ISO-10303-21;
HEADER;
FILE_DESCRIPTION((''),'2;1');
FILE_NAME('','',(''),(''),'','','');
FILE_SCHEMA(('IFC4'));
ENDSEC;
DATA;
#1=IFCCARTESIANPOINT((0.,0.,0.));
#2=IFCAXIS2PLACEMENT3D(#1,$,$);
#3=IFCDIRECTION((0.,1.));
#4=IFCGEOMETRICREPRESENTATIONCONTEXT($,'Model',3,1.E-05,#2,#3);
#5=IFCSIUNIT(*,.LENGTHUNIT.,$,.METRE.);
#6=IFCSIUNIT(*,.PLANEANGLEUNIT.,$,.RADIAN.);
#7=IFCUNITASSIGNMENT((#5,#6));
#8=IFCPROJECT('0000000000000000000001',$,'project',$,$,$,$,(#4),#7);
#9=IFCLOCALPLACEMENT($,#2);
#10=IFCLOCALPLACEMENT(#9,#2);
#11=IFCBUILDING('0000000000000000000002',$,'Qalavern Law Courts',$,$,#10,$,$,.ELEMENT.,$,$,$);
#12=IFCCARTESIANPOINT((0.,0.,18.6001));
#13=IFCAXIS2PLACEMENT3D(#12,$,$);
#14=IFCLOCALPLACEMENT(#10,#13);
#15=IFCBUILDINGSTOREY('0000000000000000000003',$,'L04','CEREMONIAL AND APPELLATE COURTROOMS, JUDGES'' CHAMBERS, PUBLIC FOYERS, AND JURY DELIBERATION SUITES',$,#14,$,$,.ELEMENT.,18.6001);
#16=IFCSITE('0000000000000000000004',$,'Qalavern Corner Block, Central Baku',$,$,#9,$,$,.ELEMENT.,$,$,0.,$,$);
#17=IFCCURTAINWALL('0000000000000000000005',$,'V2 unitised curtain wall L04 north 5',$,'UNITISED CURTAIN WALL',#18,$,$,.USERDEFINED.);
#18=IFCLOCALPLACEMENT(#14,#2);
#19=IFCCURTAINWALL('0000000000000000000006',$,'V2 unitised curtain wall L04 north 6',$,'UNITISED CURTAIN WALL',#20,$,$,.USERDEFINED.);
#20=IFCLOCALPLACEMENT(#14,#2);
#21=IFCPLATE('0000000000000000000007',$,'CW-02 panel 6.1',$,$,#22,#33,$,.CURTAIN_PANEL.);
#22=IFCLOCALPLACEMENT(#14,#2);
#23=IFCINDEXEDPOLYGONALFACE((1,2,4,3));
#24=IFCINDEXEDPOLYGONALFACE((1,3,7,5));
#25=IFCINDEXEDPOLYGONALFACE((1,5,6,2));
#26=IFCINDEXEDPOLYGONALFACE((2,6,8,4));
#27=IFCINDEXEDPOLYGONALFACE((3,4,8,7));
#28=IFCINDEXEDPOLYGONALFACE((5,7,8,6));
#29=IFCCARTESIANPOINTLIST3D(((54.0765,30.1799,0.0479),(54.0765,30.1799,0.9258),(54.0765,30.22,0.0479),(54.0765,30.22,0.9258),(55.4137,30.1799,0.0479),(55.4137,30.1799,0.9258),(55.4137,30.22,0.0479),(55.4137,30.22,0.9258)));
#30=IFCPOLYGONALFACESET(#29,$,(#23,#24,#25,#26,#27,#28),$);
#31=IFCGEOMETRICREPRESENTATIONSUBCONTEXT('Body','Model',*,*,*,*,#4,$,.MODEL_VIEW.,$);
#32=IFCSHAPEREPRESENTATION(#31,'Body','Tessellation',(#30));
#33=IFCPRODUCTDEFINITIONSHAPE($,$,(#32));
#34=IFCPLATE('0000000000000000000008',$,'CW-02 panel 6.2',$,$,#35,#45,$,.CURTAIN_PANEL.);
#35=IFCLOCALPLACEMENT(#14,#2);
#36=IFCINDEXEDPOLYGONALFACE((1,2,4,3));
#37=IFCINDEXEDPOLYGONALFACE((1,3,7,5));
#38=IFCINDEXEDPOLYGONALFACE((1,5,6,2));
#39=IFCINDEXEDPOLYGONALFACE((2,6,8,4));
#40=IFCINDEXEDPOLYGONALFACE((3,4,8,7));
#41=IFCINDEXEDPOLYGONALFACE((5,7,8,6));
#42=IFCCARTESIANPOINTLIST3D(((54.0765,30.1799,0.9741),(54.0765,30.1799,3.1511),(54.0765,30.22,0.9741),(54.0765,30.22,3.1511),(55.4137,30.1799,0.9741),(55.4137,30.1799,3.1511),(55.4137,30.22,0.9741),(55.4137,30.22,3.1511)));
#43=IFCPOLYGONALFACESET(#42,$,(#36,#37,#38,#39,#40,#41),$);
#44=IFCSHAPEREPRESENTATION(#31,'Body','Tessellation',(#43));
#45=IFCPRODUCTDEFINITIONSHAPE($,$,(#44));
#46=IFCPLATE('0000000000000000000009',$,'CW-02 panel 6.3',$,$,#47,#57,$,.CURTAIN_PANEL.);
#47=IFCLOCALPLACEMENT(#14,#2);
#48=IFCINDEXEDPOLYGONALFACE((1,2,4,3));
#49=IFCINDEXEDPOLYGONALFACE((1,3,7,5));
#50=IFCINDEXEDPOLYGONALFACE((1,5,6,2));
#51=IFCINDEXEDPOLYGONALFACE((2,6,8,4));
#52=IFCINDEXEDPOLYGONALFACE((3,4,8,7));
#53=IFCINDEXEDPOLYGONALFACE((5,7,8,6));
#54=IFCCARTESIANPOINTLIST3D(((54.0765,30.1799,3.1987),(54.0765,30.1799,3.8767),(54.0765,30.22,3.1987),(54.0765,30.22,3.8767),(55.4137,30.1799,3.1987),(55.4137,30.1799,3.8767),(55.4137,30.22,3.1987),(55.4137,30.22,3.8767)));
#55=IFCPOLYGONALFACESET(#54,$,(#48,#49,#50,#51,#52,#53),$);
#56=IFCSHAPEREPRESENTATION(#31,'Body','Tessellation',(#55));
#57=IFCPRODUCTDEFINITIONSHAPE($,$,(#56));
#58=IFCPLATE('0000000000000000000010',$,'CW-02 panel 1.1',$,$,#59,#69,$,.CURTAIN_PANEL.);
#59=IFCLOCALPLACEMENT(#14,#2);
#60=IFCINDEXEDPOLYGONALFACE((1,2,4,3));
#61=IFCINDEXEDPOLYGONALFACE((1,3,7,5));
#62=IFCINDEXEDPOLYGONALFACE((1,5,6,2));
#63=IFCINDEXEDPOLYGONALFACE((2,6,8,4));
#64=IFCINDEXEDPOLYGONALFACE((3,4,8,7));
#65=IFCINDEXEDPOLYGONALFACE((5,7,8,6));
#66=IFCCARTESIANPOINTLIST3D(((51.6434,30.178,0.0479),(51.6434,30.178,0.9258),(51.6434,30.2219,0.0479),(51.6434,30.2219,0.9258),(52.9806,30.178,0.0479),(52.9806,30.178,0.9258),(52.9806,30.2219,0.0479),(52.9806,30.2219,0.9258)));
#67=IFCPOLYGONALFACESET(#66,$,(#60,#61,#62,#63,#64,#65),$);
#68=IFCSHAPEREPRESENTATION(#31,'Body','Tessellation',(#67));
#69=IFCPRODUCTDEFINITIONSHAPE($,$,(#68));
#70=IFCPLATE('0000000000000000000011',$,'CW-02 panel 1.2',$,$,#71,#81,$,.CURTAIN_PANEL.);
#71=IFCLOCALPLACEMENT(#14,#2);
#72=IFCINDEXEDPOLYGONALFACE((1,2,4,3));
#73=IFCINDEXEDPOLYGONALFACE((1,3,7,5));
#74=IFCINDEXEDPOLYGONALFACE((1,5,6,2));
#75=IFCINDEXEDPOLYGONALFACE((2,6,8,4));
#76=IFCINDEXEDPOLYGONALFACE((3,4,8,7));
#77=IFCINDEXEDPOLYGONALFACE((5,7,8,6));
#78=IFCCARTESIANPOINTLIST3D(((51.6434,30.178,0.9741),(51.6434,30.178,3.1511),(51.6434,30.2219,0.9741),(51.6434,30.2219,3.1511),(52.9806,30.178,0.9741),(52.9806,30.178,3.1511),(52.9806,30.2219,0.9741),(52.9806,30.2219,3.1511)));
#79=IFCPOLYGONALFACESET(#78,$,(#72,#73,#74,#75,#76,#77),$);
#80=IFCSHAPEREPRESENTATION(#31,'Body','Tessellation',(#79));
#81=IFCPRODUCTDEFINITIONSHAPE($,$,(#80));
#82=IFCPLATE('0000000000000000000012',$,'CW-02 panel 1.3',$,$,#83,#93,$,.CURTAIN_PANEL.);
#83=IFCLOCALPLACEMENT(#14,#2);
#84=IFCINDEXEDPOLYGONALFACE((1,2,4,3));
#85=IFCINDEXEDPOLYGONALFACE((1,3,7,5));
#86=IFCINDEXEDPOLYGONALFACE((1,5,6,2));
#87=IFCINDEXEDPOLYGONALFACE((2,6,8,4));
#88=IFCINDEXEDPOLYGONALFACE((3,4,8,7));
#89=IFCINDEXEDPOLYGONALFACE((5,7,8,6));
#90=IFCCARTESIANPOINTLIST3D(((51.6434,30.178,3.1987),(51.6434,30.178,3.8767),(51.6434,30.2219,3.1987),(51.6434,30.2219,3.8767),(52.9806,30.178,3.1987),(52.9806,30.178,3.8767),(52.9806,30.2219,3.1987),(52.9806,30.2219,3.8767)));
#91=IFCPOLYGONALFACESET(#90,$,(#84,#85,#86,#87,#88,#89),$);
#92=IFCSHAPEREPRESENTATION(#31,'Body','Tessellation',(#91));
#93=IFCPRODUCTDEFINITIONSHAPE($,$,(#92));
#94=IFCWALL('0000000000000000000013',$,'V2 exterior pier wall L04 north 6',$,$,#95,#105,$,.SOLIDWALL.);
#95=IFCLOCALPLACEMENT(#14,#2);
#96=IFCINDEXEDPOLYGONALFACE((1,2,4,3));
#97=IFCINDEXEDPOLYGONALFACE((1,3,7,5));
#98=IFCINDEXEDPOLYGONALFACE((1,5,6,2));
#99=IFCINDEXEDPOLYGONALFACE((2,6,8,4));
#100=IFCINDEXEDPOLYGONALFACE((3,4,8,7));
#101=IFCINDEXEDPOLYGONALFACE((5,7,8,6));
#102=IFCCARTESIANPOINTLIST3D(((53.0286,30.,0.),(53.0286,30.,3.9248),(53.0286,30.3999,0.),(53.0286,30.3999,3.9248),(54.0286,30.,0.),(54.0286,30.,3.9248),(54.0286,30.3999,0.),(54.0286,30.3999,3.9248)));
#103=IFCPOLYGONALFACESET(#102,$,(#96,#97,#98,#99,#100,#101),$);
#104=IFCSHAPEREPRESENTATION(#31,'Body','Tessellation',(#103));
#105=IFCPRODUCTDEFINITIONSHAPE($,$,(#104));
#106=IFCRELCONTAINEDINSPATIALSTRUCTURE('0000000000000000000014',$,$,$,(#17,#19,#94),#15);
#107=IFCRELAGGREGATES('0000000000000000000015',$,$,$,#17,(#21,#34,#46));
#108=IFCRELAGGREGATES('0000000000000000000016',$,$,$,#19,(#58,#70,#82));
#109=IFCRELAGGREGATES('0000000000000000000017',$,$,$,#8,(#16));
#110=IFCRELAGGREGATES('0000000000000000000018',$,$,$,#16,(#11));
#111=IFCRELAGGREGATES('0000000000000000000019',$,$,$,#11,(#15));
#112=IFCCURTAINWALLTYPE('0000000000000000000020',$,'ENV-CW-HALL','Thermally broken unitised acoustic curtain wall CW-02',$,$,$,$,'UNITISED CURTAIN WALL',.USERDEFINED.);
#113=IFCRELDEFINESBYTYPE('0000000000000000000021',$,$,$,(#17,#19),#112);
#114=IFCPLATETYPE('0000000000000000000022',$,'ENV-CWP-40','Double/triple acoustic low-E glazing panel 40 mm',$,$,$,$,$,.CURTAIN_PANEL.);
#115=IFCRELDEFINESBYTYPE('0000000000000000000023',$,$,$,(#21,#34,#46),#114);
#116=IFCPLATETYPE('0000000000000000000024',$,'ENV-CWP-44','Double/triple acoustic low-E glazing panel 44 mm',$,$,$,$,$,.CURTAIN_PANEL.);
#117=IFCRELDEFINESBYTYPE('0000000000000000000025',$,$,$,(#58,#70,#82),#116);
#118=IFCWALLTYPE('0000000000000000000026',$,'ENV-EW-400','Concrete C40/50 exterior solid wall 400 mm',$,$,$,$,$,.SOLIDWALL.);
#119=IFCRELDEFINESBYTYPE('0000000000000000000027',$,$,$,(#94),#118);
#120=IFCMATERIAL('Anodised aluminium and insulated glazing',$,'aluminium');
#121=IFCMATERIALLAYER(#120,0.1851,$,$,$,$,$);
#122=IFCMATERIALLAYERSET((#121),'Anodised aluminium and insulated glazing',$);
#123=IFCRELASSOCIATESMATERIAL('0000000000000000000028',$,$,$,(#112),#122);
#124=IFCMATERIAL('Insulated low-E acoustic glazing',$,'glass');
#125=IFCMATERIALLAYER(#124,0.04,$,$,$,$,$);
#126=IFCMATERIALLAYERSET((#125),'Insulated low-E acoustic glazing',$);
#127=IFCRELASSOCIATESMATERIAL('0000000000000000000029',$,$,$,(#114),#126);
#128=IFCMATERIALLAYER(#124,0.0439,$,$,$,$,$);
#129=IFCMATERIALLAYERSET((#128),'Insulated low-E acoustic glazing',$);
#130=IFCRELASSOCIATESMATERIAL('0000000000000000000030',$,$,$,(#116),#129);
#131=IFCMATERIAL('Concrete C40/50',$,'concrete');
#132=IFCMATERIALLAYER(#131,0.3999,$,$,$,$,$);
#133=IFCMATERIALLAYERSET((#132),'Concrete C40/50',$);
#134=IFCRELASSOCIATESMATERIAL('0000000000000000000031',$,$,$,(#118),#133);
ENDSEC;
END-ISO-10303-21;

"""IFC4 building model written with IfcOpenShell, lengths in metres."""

from ifc_helpers import new_model, si_unit, direction, frame, frame_2d, origin, origin_2d, place, context, subcontext, project, spatial, rectangle, extrude, material, layer, layer_set, type_object, element, aggregate, save


model = new_model("IFC4")

# Units and contexts
model_context = context("Model", 3, precision=1e-05, world=origin(), true_north=direction((0.0, 1.0)))
body_context = subcontext(model_context, "Body", "Model", "MODEL_VIEW")
ifc_project = project(units=[si_unit("LENGTHUNIT", "METRE"), si_unit("PLANEANGLEUNIT", "RADIAN")], contexts=[model_context])

# Site, building, storey
site_placement = place(None, origin())
site = spatial("IfcSite", under=ifc_project, at=site_placement, Name="Qalavern Corner Block, Central Baku", CompositionType="ELEMENT", RefElevation=0.0)
building_placement = place(site_placement, origin())
building = spatial("IfcBuilding", under=site, at=building_placement, Name="Qalavern Law Courts", CompositionType="ELEMENT")
storey_placement = place(building_placement, frame((0.0, 0.0, 18.6001)))
storey = spatial("IfcBuildingStorey", under=building, at=storey_placement, Name="L04", Description="CEREMONIAL AND APPELLATE COURTROOMS, JUDGES' CHAMBERS, PUBLIC FOYERS, AND JURY DELIBERATION SUITES", CompositionType="ELEMENT", Elevation=18.6001)

# Curtain walls
ifc_material_1 = material(Name="Anodised aluminium and insulated glazing", Category="aluminium")
ifc_layer_1 = layer(ifc_material_1, 0.1851)
ifc_layer_set_1 = layer_set([ifc_layer_1], Name="Anodised aluminium and insulated glazing")
curtain_wall_type = type_object("IfcCurtainWallType", Name="ENV-CW-HALL", Description="Thermally broken unitised acoustic curtain wall CW-02", ElementType="UNITISED CURTAIN WALL", PredefinedType="USERDEFINED", material=ifc_layer_set_1)
curtain_wall_1_placement = place(storey_placement, origin())
curtain_wall_1 = element("IfcCurtainWall", 1, at=curtain_wall_1_placement, inside=storey, type_object=curtain_wall_type, Name="V2 unitised curtain wall L04 north 5", ObjectType="UNITISED CURTAIN WALL", PredefinedType="USERDEFINED")
curtain_wall_2_placement = place(storey_placement, origin())
curtain_wall_2 = element("IfcCurtainWall", 2, at=curtain_wall_2_placement, inside=storey, type_object=curtain_wall_type, Name="V2 unitised curtain wall L04 north 6", ObjectType="UNITISED CURTAIN WALL", PredefinedType="USERDEFINED")

# Shared definitions
ifc_material_2 = material(Name="Concrete C40/50", Category="concrete")

# Plates
ifc_material_3 = material(Name="Insulated low-E acoustic glazing", Category="glass")
ifc_layer_2 = layer(ifc_material_3, 0.04)
ifc_layer_set_2 = layer_set([ifc_layer_2], Name="Insulated low-E acoustic glazing")
plate_type_1 = type_object("IfcPlateType", Name="ENV-CWP-40", Description="Double/triple acoustic low-E glazing panel 40 mm", PredefinedType="CURTAIN_PANEL", material=ifc_layer_set_2)
plate_1_placement = place(storey_placement, frame((54.7451, 30.2, 0.0479), z_axis=(0.0, 0.0, 1.0), x_axis=(-1.0, 0.0, 0.0)))
plate_1 = element("IfcPlate", 3, at=plate_1_placement, type_object=plate_type_1, Name="CW-02 panel 6.1", PredefinedType="CURTAIN_PANEL", context=body_context, shape_type="SweptSolid", body=[
    extrude(rectangle(XDim=1.3372, YDim=0.04, at=origin_2d()), origin(), (0.0, 0.0, 1.0), 0.8779),
])
plate_2_placement = place(storey_placement, frame((54.7451, 30.2, 0.9741), z_axis=(0.0, 0.0, 1.0), x_axis=(-1.0, 0.0, 0.0)))
plate_2 = element("IfcPlate", 4, at=plate_2_placement, type_object=plate_type_1, Name="CW-02 panel 6.2", PredefinedType="CURTAIN_PANEL", context=body_context, shape_type="SweptSolid", body=[
    extrude(rectangle(XDim=1.3372, YDim=0.04, at=origin_2d()), origin(), (0.0, 0.0, 1.0), 2.177),
])
plate_3_placement = place(storey_placement, frame((54.7451, 30.2, 3.1987), z_axis=(0.0, 0.0, 1.0), x_axis=(-1.0, 0.0, 0.0)))
plate_3 = element("IfcPlate", 5, at=plate_3_placement, type_object=plate_type_1, Name="CW-02 panel 6.3", PredefinedType="CURTAIN_PANEL", context=body_context, shape_type="SweptSolid", body=[
    extrude(rectangle(XDim=1.3372, YDim=0.04, at=origin_2d()), origin(), (0.0, 0.0, 1.0), 0.678),
])
aggregate(curtain_wall_1, [plate_1, plate_2, plate_3])
ifc_layer_3 = layer(ifc_material_3, 0.0439)
ifc_layer_set_3 = layer_set([ifc_layer_3], Name="Insulated low-E acoustic glazing")
plate_type_2 = type_object("IfcPlateType", Name="ENV-CWP-44", Description="Double/triple acoustic low-E glazing panel 44 mm", PredefinedType="CURTAIN_PANEL", material=ifc_layer_set_3)
plate_4_placement = place(storey_placement, frame((52.312, 30.2, 0.0479), z_axis=(0.0, 0.0, 1.0), x_axis=(-1.0, 0.0, 0.0)))
plate_4 = element("IfcPlate", 6, at=plate_4_placement, type_object=plate_type_2, Name="CW-02 panel 1.1", PredefinedType="CURTAIN_PANEL", context=body_context, shape_type="SweptSolid", body=[
    extrude(rectangle(XDim=1.3372, YDim=0.0439, at=origin_2d()), origin(), (0.0, 0.0, 1.0), 0.8779),
])
plate_5_placement = place(storey_placement, frame((52.312, 30.2, 0.9741), z_axis=(0.0, 0.0, 1.0), x_axis=(-1.0, 0.0, 0.0)))
plate_5 = element("IfcPlate", 7, at=plate_5_placement, type_object=plate_type_2, Name="CW-02 panel 1.2", PredefinedType="CURTAIN_PANEL", context=body_context, shape_type="SweptSolid", body=[
    extrude(rectangle(XDim=1.3372, YDim=0.0439, at=origin_2d()), origin(), (0.0, 0.0, 1.0), 2.177),
])
plate_6_placement = place(storey_placement, frame((52.312, 30.2, 3.1987), z_axis=(0.0, 0.0, 1.0), x_axis=(-1.0, 0.0, 0.0)))
plate_6 = element("IfcPlate", 8, at=plate_6_placement, type_object=plate_type_2, Name="CW-02 panel 1.3", PredefinedType="CURTAIN_PANEL", context=body_context, shape_type="SweptSolid", body=[
    extrude(rectangle(XDim=1.3372, YDim=0.0439, at=origin_2d()), origin(), (0.0, 0.0, 1.0), 0.678),
])
aggregate(curtain_wall_2, [plate_4, plate_5, plate_6])

# Wall
ifc_layer_4 = layer(ifc_material_2, 0.3999)
ifc_layer_set_4 = layer_set([ifc_layer_4], Name="Concrete C40/50")
wall_type = type_object("IfcWallType", Name="ENV-EW-400", Description="Concrete C40/50 exterior solid wall 400 mm", PredefinedType="SOLIDWALL", material=ifc_layer_set_4)
wall_placement = place(storey_placement, frame((54.0286, 30.2, 0.0), z_axis=(0.0, 0.0, 1.0), x_axis=(-1.0, 0.0, 0.0)))
element("IfcWall", 9, at=wall_placement, inside=storey, type_object=wall_type, Name="V2 exterior pier wall L04 north 6", PredefinedType="SOLIDWALL", context=body_context, shape_type="SweptSolid", body=[
    extrude(rectangle(XDim=1.0, YDim=0.3999, at=frame_2d((0.5, 0.0))), origin(), (0.0, 0.0, 1.0), 3.9248),
])

save(model, "model.ifc")
